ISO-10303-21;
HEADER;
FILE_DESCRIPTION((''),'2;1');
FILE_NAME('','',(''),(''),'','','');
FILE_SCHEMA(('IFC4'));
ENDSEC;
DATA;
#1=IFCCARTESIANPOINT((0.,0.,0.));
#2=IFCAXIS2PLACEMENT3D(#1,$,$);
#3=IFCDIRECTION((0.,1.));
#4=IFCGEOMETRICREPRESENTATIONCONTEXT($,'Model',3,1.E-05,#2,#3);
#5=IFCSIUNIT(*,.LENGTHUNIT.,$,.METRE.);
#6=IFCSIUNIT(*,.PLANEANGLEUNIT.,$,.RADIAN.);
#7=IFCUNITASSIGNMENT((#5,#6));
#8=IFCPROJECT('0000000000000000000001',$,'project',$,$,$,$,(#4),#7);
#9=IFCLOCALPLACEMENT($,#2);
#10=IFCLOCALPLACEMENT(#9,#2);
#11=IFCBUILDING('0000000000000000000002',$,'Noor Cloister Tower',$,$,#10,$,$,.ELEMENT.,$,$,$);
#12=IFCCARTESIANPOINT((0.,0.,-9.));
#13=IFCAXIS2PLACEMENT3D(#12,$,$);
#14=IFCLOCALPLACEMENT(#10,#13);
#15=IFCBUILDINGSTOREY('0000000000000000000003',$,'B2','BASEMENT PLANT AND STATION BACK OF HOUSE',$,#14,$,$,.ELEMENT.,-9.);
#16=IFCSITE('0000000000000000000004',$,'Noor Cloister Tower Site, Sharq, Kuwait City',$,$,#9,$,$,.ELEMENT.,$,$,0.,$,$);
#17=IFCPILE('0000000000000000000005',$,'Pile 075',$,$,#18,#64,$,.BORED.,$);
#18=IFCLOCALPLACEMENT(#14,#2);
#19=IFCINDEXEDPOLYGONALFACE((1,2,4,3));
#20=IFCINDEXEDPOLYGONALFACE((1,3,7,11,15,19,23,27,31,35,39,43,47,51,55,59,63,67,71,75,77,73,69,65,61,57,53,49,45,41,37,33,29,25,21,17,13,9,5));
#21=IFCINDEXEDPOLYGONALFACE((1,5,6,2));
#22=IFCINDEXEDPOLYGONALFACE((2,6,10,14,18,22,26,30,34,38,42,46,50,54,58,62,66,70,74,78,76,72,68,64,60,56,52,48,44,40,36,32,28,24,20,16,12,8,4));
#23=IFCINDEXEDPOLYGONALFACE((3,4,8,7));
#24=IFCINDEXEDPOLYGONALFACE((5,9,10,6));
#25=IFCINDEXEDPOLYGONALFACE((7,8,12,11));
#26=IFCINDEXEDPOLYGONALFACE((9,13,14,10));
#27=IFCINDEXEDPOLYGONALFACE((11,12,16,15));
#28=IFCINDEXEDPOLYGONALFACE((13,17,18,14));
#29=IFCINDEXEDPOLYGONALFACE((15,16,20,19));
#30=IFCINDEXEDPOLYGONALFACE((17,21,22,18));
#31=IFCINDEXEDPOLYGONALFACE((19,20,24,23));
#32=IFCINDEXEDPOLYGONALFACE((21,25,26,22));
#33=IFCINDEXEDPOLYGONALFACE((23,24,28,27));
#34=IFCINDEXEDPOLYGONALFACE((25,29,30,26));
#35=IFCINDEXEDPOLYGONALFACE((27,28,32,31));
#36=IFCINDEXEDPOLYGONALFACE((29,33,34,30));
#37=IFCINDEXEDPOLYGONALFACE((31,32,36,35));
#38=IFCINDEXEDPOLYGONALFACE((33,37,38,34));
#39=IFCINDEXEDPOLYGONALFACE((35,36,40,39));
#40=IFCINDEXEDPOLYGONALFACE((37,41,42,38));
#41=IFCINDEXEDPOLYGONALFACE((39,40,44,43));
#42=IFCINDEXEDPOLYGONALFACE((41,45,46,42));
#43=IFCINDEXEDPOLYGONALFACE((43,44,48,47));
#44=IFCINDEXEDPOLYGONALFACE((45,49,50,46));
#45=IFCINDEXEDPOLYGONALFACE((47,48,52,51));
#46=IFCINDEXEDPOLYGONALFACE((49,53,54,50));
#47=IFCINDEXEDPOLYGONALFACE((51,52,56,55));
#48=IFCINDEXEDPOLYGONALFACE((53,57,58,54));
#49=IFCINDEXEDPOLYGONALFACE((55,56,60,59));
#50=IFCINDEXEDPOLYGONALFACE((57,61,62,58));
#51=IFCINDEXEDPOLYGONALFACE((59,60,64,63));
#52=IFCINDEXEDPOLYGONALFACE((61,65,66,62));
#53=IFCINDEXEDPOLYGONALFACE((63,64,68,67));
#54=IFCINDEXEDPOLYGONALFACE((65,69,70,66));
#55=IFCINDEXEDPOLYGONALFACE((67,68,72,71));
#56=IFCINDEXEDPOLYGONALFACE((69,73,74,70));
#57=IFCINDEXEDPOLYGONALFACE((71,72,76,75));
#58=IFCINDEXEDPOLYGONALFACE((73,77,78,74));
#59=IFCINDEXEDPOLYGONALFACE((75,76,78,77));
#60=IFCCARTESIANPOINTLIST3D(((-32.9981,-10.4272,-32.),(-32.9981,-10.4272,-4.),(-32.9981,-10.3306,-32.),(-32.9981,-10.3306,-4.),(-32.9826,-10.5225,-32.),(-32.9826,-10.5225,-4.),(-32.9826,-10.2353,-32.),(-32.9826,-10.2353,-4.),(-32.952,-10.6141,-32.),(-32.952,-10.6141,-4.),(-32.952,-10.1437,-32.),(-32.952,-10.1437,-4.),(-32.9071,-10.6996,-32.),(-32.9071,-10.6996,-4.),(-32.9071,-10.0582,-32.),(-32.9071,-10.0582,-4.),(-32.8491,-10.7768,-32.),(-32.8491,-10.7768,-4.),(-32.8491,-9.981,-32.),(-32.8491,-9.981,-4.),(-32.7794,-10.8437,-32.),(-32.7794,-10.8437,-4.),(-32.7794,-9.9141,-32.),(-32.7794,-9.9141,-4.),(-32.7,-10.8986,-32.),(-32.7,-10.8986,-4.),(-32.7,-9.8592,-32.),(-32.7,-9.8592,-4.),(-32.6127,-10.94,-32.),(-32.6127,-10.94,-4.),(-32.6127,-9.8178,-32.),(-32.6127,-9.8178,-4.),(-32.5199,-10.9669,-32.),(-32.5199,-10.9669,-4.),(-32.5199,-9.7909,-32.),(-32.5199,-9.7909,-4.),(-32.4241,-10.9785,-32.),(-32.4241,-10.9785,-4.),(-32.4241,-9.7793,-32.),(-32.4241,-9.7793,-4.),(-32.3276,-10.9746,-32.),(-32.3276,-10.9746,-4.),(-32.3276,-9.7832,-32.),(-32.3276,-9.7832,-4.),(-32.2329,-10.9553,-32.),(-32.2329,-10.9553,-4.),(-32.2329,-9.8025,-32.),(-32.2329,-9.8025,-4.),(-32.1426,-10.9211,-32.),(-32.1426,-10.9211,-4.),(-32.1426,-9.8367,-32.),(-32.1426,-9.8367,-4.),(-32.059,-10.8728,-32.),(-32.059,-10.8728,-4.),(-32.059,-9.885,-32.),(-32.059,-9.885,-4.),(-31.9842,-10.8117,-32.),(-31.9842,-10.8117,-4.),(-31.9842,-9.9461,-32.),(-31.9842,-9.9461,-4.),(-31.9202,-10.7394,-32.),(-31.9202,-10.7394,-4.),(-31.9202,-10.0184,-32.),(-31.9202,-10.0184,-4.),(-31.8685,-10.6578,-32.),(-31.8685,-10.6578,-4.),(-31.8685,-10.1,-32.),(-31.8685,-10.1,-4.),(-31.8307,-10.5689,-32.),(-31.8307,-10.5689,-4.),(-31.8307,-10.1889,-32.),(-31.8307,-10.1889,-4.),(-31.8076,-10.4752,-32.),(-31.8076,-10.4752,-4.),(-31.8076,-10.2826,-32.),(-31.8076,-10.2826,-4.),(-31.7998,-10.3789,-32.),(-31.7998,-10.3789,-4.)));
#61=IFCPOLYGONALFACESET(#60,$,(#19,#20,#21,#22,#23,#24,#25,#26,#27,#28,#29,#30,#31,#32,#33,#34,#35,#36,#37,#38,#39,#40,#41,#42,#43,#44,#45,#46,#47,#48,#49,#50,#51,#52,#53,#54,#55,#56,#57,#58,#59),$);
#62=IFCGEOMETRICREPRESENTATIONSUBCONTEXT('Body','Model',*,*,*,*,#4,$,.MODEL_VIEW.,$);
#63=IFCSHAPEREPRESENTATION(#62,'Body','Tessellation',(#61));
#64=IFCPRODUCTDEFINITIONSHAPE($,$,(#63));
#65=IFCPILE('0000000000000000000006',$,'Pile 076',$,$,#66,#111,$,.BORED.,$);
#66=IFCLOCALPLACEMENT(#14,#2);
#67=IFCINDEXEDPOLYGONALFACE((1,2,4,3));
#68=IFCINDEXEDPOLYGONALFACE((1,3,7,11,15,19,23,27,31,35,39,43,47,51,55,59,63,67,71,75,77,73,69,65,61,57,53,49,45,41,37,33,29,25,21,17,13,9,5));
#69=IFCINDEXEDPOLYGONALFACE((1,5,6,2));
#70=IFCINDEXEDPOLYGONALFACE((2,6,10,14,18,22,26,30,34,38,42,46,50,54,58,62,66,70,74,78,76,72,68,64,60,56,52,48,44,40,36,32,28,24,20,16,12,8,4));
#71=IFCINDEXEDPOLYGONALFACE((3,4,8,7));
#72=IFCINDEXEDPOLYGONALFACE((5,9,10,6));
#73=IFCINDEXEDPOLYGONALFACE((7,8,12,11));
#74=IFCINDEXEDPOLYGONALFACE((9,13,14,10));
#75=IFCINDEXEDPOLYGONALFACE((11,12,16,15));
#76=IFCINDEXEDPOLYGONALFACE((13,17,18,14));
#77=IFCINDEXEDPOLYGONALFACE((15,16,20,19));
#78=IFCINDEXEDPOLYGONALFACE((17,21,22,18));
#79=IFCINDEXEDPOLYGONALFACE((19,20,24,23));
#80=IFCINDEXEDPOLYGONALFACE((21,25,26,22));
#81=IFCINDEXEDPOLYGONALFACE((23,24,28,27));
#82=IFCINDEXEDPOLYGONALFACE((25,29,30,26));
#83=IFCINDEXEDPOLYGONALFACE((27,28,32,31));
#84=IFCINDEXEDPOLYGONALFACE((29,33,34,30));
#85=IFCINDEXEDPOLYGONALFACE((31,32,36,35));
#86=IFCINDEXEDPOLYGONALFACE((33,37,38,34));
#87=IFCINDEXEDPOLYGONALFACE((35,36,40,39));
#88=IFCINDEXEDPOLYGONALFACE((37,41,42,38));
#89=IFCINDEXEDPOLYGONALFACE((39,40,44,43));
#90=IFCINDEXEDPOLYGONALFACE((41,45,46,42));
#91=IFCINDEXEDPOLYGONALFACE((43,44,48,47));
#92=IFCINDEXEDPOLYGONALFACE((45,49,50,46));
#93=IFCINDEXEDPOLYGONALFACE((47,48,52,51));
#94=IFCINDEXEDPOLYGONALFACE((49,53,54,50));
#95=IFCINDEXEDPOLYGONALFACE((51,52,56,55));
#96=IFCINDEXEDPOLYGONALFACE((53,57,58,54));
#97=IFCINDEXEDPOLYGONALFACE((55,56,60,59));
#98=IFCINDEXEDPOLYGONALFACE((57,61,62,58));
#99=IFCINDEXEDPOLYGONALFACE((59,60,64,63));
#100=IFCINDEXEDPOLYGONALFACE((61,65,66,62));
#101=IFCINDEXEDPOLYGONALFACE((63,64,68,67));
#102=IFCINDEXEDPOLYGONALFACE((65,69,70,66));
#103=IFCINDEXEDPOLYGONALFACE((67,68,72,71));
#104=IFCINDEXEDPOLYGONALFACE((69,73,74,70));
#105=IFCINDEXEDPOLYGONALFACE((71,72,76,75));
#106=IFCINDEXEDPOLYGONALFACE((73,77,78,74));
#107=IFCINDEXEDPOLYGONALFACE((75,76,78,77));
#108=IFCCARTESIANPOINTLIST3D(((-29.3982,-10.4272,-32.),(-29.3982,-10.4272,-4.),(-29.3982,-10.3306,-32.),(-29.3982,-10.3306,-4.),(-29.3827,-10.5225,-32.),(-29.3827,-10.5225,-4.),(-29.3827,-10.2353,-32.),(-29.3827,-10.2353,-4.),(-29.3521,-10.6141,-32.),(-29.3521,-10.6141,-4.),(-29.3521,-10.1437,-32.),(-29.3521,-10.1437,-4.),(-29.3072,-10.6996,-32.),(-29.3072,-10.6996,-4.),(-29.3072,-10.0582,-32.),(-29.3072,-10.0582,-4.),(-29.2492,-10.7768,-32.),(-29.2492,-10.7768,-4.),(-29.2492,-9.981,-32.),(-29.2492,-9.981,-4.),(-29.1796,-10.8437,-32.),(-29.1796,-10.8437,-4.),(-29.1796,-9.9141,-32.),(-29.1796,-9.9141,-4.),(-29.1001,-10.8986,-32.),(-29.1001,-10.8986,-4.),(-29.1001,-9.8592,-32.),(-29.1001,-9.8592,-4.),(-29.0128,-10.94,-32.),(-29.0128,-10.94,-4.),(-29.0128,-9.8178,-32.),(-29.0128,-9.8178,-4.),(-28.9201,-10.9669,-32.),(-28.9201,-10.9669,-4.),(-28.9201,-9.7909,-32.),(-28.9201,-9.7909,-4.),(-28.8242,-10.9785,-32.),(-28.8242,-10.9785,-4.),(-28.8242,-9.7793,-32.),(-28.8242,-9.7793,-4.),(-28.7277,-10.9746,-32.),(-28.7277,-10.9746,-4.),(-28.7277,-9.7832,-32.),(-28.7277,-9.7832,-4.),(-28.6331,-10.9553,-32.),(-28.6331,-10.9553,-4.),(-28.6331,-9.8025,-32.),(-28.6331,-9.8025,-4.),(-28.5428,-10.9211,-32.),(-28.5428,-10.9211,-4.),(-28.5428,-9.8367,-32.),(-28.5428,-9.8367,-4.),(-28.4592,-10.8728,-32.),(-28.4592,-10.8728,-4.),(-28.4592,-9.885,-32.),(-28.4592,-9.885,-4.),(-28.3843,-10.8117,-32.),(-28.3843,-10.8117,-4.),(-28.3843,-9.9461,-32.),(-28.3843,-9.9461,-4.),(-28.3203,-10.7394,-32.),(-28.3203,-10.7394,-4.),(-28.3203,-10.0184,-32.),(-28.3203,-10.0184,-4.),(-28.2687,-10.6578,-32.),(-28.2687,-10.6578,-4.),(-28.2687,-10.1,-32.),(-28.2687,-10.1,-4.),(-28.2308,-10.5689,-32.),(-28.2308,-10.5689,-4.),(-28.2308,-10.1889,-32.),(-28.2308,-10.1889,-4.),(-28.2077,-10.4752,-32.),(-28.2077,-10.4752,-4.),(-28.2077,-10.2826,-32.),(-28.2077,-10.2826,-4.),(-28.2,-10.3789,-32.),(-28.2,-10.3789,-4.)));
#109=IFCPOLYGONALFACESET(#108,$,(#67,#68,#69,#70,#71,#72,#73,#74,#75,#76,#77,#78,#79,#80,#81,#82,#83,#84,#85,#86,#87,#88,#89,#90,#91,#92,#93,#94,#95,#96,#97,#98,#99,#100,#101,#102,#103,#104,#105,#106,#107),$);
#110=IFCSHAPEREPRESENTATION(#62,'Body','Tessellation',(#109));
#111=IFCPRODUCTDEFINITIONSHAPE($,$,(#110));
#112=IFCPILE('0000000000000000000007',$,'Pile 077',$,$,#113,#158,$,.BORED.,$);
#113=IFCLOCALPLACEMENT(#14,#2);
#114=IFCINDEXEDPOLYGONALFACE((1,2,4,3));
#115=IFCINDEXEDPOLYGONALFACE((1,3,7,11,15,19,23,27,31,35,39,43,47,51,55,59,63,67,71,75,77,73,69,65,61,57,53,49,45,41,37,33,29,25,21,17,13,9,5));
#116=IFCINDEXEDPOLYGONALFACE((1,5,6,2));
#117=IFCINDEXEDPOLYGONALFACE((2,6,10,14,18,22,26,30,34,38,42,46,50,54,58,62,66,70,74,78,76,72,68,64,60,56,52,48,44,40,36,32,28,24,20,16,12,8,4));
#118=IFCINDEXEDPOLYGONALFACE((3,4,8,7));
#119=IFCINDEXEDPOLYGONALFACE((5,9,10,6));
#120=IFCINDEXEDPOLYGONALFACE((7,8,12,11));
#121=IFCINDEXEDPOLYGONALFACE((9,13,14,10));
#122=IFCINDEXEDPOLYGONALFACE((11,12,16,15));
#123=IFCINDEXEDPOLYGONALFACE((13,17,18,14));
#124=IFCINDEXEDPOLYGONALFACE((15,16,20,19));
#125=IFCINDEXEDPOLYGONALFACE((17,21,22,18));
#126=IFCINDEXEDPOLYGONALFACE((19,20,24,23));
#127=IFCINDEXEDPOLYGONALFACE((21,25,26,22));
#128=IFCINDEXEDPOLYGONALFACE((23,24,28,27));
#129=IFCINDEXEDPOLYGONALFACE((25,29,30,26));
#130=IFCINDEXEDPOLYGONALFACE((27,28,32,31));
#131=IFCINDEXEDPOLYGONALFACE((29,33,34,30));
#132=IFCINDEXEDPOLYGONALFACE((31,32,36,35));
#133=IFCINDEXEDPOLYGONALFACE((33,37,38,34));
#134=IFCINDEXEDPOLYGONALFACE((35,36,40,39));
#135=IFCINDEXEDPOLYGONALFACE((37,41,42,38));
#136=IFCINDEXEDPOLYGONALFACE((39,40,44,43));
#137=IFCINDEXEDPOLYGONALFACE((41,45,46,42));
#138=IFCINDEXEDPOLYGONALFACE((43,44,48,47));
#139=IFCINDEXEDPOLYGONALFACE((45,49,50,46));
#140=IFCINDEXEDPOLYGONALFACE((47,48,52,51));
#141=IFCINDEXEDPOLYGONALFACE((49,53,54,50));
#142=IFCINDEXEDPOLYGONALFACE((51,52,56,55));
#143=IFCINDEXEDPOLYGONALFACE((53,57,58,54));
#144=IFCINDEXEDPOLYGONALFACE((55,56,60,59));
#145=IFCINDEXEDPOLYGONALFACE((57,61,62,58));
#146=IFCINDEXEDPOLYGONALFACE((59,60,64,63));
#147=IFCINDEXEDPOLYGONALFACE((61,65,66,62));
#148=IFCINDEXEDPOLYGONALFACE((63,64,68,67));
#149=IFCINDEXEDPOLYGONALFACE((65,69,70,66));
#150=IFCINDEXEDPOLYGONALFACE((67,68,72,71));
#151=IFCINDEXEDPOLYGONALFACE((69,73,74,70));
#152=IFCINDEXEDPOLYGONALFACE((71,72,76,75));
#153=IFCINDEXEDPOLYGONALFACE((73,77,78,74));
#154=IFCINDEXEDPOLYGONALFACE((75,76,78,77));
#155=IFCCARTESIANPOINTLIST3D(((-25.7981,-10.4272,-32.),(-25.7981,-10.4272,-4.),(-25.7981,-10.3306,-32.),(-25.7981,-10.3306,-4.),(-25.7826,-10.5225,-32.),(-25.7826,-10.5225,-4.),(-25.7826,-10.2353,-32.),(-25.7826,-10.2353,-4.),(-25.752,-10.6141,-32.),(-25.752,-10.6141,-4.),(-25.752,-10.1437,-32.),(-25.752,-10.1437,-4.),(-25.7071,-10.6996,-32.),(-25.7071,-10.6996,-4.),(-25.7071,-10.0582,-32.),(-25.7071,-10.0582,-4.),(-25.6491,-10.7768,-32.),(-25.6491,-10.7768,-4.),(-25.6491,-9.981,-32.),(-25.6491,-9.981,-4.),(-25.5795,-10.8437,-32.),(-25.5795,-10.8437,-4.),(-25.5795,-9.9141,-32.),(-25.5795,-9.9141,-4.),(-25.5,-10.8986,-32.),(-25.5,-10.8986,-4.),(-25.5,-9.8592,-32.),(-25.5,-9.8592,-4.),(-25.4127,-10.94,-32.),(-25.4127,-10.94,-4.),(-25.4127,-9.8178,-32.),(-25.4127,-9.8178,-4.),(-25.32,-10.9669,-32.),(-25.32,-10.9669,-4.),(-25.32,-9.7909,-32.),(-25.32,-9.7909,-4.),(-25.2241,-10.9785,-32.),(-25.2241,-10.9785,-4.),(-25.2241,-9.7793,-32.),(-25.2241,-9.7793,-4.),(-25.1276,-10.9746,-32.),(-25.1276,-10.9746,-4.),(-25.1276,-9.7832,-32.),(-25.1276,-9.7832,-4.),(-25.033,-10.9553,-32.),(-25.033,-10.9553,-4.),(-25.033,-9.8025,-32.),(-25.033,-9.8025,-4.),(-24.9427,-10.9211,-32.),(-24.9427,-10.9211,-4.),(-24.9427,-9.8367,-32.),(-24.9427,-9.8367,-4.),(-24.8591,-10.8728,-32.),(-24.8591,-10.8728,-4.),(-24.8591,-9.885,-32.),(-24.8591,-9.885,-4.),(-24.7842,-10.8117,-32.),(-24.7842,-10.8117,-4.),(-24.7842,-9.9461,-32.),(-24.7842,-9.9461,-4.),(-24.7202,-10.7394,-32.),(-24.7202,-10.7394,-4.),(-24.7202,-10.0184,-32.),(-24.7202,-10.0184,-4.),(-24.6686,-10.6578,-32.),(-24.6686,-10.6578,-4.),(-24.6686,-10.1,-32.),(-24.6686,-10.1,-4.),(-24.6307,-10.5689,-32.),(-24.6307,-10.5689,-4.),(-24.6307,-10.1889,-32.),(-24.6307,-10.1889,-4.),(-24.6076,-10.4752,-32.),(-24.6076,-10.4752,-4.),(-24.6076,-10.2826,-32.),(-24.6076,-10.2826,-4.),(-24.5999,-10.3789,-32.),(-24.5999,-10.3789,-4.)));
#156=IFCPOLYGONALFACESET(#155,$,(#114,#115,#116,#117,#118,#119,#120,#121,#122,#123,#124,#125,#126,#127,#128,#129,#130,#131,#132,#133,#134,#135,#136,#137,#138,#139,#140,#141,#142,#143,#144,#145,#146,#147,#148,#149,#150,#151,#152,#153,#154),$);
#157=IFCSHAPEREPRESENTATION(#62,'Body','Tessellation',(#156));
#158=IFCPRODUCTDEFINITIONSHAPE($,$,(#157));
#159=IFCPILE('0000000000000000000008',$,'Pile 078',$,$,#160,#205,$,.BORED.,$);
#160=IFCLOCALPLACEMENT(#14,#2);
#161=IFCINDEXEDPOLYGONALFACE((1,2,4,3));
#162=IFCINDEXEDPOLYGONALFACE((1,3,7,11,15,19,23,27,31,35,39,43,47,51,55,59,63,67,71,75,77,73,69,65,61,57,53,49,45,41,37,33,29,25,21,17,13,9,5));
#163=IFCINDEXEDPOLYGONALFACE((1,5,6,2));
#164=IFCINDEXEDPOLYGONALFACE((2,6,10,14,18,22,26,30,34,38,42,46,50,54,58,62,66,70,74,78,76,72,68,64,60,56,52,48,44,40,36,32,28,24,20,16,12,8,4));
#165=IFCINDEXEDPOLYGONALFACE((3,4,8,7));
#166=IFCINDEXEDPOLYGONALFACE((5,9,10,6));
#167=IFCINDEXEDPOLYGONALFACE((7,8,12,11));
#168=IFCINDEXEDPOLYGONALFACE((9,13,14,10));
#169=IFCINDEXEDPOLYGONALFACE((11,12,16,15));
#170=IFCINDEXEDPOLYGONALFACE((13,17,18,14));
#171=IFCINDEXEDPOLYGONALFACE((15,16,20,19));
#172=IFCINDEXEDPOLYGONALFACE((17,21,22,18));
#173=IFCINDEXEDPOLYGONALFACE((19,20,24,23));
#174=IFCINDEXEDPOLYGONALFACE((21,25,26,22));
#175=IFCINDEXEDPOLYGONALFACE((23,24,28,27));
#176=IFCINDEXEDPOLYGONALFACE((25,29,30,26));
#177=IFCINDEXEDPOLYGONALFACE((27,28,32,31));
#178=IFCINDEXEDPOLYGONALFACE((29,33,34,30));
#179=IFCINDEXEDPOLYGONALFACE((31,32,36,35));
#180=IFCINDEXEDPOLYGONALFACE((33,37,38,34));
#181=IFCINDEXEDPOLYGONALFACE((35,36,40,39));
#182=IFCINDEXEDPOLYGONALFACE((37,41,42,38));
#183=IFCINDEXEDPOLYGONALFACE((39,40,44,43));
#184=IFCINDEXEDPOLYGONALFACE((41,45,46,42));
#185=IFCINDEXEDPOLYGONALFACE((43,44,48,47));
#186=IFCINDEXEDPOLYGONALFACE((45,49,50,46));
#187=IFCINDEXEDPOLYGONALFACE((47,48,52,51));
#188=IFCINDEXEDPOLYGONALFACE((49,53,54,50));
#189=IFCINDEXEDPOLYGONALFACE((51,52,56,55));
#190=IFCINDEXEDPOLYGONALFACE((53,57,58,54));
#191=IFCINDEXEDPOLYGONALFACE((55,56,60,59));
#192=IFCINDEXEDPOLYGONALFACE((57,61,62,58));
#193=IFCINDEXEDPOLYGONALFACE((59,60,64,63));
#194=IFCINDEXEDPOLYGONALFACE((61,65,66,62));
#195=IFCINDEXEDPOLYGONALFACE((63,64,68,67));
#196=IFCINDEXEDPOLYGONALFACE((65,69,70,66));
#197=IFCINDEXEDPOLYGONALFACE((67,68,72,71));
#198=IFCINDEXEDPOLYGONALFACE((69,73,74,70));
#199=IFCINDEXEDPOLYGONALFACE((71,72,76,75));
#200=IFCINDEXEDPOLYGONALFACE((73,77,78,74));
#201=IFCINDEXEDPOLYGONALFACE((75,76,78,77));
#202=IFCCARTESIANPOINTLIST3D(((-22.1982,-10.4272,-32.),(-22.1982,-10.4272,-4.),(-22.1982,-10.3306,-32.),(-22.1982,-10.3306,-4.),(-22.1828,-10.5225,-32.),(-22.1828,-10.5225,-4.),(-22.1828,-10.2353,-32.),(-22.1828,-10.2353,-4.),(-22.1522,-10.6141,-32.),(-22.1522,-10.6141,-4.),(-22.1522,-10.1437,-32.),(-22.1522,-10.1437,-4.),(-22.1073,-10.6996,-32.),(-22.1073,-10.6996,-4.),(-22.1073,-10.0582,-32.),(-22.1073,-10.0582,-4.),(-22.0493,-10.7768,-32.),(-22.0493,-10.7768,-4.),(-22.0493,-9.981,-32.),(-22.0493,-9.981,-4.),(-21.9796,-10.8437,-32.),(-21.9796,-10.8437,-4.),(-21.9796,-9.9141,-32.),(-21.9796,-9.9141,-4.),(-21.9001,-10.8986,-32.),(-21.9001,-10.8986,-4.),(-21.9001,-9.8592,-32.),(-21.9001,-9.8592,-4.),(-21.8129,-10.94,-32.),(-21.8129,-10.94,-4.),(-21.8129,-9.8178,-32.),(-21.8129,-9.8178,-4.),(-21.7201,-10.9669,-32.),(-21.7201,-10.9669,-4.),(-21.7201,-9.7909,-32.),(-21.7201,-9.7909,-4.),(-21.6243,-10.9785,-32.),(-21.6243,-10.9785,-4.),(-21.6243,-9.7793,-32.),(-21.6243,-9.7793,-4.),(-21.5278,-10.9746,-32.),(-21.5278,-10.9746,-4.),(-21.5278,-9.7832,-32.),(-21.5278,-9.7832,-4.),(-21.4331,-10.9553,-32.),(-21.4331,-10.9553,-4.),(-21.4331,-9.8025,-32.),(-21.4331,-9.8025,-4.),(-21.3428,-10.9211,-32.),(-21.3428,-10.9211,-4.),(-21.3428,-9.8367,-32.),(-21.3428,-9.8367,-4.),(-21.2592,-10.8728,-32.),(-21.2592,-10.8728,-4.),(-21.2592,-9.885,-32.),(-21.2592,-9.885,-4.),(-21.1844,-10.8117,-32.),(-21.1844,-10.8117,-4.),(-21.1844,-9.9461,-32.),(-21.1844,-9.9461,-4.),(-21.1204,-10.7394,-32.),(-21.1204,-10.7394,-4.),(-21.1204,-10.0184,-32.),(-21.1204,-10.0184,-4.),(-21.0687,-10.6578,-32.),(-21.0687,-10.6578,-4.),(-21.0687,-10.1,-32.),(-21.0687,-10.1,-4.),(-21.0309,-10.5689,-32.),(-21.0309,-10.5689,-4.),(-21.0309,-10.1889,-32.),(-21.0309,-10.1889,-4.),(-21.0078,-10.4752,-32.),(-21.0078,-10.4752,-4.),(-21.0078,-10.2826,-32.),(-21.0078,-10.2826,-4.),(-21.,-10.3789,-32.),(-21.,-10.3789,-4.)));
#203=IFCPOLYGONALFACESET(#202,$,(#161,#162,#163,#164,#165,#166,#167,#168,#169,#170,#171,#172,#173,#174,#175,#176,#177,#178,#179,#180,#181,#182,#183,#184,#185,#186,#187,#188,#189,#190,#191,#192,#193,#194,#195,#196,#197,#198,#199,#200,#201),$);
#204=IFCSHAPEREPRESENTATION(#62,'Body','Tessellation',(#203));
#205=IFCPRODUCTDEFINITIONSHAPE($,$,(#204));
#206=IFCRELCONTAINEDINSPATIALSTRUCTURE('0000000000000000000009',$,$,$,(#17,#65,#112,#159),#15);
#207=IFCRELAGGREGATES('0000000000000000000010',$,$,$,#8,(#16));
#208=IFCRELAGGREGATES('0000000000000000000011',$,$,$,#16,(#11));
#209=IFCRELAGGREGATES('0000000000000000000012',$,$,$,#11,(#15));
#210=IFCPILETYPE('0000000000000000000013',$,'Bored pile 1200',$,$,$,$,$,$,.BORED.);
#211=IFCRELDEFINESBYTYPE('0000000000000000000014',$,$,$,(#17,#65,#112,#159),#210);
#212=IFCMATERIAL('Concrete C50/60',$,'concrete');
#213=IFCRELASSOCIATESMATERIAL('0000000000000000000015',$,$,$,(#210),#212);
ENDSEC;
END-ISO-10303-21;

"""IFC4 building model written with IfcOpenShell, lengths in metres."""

from ifc_helpers import new_model, si_unit, direction, frame, origin, origin_2d, place, context, subcontext, project, spatial, circle, extrude, material, material_profile, profile_set, type_object, element, save


model = new_model("IFC4")

# Units and contexts
model_context = context("Model", 3, precision=1e-05, world=origin(), true_north=direction((0.0, 1.0)))
body_context = subcontext(model_context, "Body", "Model", "MODEL_VIEW")
ifc_project = project(units=[si_unit("LENGTHUNIT", "METRE"), si_unit("PLANEANGLEUNIT", "RADIAN")], contexts=[model_context])

# Site, building, storey
site_placement = place(None, origin())
site = spatial("IfcSite", under=ifc_project, at=site_placement, Name="Noor Cloister Tower Site, Sharq, Kuwait City", CompositionType="ELEMENT", RefElevation=0.0)
building_placement = place(site_placement, origin())
building = spatial("IfcBuilding", under=site, at=building_placement, Name="Noor Cloister Tower", CompositionType="ELEMENT")
storey_placement = place(building_placement, frame((0.0, 0.0, -9.0)))
storey = spatial("IfcBuildingStorey", under=building, at=storey_placement, Name="B2", Description="BASEMENT PLANT AND STATION BACK OF HOUSE", CompositionType="ELEMENT", Elevation=-9.0)

# Piles
ifc_material_1 = material(Name="Concrete C50/60", Category="concrete")
ifc_material_profile_1 = material_profile(ifc_material_1, circle(Radius=0.6001, at=origin_2d()), Name="Bored pile 1200")
ifc_profile_set_1 = profile_set([ifc_material_profile_1], Name="Concrete C50/60")
pile_type = type_object("IfcPileType", Name="Bored pile 1200", PredefinedType="BORED", material=ifc_profile_set_1)
for number, where, z_axis, x_axis, name in (
    (1, (-32.3999, -10.3789, -4.0), (0.0, 0.0, -1.0), (1.0, 0.0, 0.0), "Pile 075"),
    (2, (-28.8, -10.3789, -4.0), (0.0, 0.0, -1.0), (1.0, 0.0, 0.0), "Pile 076"),
    (3, (-25.2, -10.3789, -4.0), (0.0, 0.0, -1.0), (1.0, 0.0, 0.0), "Pile 077"),
    (4, (-21.6001, -10.3789, -4.0), (0.0, 0.0, -1.0), (1.0, 0.0, 0.0), "Pile 078"),
):
    element("IfcPile", number, at=place(storey_placement, frame(where, z_axis=z_axis, x_axis=x_axis)), inside=storey, type_object=pile_type, Name=name, PredefinedType="BORED", context=body_context, shape_type="SweptSolid", body=[
        extrude(circle(Radius=0.6001, at=origin_2d()), origin(), (0.0, 0.0, 1.0), 28.0),
    ])

save(model, "model.ifc")
